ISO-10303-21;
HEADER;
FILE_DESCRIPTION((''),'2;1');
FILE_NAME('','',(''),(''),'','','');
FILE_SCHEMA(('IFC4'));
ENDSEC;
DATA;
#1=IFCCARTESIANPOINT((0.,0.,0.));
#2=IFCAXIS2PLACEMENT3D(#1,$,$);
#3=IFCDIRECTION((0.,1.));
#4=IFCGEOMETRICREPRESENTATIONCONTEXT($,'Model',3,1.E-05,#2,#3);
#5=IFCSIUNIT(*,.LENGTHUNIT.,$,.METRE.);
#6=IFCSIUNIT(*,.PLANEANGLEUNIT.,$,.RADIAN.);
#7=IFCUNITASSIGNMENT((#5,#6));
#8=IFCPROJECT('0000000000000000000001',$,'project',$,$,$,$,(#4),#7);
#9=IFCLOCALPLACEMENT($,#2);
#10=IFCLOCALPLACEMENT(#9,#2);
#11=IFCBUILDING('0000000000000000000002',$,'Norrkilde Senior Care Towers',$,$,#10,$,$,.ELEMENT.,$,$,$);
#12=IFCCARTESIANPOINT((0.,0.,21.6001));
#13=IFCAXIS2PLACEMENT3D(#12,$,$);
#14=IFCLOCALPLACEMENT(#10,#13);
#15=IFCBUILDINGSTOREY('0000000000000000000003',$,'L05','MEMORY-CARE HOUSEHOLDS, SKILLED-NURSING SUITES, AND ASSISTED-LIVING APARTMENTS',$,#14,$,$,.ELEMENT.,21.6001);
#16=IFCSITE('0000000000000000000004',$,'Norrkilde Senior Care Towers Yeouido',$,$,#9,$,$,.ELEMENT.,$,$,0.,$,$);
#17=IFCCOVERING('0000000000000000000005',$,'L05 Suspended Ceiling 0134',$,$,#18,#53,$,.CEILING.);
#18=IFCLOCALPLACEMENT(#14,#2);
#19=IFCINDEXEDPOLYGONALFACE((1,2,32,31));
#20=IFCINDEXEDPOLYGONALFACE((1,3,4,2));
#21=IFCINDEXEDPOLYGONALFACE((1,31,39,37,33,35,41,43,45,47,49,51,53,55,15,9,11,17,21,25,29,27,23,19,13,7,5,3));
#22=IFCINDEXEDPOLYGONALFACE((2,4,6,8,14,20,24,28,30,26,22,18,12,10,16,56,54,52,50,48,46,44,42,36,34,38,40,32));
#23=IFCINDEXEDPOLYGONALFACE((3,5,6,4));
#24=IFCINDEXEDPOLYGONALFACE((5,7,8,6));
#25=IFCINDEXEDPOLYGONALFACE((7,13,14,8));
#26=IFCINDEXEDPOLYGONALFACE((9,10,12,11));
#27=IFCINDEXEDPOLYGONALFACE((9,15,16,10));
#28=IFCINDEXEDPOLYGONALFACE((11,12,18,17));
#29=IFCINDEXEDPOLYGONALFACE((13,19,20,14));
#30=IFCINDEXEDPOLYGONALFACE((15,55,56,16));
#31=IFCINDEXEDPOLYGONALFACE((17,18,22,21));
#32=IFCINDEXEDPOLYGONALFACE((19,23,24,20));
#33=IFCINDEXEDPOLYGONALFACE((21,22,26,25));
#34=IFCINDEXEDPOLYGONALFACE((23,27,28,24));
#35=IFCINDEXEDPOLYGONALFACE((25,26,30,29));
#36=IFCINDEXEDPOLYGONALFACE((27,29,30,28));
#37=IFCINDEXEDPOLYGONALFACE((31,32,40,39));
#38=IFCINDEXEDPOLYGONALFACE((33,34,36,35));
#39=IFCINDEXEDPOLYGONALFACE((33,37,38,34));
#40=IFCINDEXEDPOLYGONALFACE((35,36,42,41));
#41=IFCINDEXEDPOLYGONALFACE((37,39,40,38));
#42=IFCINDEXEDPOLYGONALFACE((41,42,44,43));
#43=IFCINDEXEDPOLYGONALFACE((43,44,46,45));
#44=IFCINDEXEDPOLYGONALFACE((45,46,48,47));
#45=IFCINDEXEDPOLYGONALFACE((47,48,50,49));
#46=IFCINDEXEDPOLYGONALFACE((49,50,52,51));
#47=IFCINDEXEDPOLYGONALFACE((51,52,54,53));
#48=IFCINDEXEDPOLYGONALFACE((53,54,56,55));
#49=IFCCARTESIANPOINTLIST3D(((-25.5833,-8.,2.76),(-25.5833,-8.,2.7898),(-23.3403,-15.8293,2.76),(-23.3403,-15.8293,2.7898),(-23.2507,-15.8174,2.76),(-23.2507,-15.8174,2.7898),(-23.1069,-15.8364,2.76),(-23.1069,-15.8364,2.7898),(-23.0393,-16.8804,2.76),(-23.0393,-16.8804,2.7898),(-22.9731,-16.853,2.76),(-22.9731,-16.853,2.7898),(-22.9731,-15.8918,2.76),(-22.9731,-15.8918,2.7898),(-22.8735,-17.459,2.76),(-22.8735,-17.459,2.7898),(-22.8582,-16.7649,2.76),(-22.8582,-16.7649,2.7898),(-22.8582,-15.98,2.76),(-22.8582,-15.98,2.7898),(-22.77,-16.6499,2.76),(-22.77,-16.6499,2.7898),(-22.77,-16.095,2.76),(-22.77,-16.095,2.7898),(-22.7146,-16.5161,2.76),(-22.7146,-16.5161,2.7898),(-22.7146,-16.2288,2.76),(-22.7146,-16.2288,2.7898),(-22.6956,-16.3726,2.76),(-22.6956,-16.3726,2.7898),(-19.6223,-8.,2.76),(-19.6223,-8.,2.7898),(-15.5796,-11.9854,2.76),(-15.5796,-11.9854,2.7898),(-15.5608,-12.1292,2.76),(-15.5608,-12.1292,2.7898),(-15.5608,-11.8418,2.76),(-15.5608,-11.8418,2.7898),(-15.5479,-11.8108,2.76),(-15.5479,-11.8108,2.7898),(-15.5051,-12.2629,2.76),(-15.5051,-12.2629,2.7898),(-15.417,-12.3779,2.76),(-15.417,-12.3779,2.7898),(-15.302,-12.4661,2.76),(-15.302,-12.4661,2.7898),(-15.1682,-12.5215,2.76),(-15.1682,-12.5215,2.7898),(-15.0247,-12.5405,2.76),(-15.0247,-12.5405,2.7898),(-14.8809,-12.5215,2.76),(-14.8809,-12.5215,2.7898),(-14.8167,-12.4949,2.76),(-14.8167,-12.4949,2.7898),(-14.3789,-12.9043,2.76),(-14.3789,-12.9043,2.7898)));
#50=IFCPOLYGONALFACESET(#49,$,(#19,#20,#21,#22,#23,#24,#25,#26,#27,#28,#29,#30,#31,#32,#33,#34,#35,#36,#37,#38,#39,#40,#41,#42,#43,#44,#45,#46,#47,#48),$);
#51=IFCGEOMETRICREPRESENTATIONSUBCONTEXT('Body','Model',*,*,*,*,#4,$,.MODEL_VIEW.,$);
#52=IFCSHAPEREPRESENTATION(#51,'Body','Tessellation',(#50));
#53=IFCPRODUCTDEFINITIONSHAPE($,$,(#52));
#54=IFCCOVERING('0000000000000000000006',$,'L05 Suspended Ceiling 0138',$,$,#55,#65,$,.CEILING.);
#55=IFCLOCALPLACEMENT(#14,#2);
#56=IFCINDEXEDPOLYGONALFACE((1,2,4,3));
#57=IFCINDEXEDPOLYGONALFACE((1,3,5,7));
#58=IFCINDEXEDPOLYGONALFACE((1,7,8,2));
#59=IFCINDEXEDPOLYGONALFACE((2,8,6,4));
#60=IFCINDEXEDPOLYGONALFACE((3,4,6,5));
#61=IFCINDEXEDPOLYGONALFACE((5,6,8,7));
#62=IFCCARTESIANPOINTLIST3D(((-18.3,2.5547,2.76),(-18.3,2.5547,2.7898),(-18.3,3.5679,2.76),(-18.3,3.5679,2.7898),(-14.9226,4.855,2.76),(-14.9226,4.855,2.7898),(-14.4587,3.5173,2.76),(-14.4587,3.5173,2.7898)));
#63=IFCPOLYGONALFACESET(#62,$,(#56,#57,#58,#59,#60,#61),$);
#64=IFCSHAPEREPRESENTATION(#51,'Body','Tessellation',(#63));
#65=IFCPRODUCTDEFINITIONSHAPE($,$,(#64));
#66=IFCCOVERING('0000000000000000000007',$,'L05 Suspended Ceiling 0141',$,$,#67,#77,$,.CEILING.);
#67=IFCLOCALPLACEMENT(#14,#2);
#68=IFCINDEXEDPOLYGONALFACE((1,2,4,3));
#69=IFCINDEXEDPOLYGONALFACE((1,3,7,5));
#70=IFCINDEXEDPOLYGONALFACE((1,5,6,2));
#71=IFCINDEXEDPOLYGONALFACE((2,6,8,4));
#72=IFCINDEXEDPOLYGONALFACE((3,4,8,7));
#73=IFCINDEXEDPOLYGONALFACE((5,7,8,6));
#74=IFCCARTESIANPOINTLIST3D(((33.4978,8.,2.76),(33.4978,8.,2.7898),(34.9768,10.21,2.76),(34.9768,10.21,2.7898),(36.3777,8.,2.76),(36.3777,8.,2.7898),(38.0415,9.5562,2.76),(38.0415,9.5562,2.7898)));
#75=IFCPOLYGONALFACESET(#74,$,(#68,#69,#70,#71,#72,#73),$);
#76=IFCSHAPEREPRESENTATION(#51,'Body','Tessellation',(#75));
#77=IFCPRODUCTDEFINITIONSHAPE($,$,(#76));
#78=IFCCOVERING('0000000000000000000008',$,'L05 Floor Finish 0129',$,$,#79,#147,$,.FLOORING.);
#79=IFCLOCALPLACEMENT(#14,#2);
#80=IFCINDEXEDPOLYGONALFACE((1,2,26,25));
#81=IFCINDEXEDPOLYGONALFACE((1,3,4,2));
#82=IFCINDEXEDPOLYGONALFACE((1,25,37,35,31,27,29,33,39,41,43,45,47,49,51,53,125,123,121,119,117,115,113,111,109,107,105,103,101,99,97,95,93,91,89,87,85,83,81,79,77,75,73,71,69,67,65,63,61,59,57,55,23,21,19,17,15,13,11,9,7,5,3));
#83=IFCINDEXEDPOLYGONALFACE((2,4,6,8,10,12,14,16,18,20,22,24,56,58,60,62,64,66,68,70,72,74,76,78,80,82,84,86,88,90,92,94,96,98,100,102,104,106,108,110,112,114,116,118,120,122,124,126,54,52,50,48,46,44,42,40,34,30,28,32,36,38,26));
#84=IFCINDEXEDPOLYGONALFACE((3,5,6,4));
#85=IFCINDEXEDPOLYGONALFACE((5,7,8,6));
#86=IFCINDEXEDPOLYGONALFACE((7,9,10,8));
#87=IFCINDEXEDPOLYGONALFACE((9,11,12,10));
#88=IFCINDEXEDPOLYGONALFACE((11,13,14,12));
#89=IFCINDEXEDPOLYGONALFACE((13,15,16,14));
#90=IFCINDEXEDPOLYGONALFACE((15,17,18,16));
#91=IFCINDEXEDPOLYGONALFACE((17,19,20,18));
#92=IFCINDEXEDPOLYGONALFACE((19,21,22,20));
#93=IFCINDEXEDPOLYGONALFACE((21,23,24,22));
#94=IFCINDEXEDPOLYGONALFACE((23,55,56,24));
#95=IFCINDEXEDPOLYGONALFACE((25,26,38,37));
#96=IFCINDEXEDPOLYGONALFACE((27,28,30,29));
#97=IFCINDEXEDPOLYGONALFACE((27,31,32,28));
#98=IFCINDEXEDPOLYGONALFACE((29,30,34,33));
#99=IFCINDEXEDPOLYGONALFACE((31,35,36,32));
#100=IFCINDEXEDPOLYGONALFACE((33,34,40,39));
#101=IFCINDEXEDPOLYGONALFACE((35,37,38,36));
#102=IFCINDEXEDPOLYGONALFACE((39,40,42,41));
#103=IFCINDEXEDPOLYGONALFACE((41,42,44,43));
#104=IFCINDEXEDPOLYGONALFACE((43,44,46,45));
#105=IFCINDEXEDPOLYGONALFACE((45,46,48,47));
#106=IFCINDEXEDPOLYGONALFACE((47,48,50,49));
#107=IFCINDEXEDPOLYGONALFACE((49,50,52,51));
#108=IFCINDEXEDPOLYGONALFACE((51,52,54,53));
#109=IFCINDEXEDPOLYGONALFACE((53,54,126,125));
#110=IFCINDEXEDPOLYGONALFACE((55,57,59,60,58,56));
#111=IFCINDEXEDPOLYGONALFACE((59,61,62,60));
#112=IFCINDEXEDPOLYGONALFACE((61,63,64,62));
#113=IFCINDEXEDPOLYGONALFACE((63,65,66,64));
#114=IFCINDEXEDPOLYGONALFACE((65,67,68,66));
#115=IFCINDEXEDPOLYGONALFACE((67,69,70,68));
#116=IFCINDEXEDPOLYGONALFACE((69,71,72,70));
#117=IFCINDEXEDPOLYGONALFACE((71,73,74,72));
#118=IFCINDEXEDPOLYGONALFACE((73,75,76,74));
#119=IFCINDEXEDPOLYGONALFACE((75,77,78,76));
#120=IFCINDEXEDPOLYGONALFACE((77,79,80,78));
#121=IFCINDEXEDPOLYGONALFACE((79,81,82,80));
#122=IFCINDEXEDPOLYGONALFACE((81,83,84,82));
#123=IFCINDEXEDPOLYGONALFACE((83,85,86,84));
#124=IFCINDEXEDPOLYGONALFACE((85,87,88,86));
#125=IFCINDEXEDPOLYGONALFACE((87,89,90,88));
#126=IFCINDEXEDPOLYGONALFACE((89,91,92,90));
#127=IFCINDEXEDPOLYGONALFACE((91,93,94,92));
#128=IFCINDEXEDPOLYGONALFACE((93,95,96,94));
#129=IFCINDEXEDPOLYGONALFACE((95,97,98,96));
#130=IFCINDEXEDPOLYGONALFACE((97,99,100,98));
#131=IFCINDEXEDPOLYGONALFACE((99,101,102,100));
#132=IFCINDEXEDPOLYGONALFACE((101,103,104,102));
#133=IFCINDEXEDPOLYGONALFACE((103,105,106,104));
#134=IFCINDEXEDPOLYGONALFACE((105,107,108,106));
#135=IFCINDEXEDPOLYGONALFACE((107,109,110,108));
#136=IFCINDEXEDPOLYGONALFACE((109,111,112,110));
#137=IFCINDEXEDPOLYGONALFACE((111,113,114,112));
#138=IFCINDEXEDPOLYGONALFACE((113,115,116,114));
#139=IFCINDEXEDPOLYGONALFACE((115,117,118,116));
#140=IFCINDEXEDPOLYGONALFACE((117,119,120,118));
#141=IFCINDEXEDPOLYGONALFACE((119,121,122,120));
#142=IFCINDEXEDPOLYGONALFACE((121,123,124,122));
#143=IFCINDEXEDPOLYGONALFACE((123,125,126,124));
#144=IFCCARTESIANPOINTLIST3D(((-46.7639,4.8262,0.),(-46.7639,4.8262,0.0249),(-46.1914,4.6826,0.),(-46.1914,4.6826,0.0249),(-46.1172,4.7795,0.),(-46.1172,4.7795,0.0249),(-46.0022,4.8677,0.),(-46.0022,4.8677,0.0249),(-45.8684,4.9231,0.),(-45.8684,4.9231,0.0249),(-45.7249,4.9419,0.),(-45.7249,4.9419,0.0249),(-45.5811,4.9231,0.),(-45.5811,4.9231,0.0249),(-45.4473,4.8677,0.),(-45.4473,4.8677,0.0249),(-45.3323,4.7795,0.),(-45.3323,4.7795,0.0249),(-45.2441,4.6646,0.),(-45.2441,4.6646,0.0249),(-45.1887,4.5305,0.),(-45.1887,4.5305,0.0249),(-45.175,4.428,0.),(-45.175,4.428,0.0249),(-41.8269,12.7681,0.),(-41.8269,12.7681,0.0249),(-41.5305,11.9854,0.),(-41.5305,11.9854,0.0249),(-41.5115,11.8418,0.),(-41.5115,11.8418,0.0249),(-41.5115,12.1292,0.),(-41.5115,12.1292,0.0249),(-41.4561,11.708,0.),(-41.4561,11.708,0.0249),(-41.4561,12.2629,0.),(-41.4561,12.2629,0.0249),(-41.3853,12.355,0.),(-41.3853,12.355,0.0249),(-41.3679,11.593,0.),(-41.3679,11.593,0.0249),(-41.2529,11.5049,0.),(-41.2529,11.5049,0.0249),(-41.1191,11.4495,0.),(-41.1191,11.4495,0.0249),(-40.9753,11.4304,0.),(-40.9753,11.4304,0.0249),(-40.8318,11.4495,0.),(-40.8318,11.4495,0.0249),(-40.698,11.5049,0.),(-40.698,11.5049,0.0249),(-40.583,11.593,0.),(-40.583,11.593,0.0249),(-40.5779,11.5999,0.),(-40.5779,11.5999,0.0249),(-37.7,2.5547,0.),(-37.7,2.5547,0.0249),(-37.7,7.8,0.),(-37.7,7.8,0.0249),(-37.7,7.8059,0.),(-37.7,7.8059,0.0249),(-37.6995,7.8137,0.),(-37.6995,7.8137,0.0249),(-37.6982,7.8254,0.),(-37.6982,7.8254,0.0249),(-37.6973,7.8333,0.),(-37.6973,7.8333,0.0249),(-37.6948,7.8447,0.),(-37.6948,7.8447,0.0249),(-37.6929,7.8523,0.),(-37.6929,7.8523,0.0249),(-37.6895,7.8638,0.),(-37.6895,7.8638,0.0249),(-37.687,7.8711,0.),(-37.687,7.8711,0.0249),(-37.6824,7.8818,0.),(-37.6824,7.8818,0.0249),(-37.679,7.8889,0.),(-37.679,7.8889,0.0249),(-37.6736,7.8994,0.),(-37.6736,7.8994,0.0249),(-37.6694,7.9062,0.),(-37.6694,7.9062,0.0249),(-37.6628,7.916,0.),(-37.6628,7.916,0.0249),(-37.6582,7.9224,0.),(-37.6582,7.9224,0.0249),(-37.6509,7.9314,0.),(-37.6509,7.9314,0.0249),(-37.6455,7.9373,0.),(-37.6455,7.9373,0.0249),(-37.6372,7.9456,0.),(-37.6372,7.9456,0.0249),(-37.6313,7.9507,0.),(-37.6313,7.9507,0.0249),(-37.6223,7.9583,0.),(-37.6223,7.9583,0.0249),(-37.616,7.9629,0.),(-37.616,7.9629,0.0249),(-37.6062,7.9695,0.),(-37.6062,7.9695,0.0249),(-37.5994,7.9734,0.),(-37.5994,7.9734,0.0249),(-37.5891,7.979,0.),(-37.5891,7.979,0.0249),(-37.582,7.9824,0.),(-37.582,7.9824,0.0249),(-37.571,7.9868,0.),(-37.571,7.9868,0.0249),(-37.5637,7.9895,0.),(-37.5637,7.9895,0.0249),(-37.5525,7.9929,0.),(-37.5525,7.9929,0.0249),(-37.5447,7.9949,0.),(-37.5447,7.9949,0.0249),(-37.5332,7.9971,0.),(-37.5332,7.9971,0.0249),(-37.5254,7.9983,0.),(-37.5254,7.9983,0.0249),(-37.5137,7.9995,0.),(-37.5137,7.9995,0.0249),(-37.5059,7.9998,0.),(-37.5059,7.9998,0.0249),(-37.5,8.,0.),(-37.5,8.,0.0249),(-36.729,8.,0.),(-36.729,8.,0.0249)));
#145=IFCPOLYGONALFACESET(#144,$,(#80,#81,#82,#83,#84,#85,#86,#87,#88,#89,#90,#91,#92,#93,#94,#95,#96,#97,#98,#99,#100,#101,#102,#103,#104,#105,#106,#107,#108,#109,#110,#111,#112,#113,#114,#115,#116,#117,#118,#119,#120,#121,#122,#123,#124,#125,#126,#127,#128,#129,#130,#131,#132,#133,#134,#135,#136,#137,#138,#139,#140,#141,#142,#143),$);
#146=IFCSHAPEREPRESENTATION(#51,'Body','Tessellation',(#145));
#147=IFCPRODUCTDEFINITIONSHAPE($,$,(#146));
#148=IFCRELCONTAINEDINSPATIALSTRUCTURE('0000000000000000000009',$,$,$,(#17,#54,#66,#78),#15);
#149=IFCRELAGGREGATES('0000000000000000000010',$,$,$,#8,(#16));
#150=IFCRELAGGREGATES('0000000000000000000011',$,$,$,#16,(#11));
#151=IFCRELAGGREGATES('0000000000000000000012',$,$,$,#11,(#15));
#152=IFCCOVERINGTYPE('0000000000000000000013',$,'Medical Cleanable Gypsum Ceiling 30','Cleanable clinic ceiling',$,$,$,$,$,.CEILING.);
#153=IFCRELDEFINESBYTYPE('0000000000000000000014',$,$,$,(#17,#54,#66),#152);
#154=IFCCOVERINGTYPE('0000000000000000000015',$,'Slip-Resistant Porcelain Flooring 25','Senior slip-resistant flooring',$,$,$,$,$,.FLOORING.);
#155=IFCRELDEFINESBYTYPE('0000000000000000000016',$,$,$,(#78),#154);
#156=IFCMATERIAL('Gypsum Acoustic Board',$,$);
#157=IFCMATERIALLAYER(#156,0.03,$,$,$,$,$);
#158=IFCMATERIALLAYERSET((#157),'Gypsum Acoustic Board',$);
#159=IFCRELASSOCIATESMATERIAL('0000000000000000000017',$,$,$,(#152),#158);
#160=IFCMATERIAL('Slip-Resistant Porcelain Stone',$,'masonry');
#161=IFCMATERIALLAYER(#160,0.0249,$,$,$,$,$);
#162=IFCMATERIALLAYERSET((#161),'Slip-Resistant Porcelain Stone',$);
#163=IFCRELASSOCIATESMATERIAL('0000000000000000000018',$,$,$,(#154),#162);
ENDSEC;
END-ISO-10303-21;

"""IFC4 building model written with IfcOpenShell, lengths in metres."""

from ifc_helpers import new_model, si_unit, direction, frame, origin, place, context, subcontext, project, spatial, polyline, outline, extrude, material, layer, layer_set, type_object, element, save


model = new_model("IFC4")

# Units and contexts
model_context = context("Model", 3, precision=1e-05, world=origin(), true_north=direction((0.0, 1.0)))
body_context = subcontext(model_context, "Body", "Model", "MODEL_VIEW")
ifc_project = project(units=[si_unit("LENGTHUNIT", "METRE"), si_unit("PLANEANGLEUNIT", "RADIAN")], contexts=[model_context])

# Site, building, storey
site_placement = place(None, origin())
site = spatial("IfcSite", under=ifc_project, at=site_placement, Name="Norrkilde Senior Care Towers Yeouido", CompositionType="ELEMENT", RefElevation=0.0)
building_placement = place(site_placement, origin())
building = spatial("IfcBuilding", under=site, at=building_placement, Name="Norrkilde Senior Care Towers", CompositionType="ELEMENT")
storey_placement = place(building_placement, frame((0.0, 0.0, 21.6001)))
storey = spatial("IfcBuildingStorey", under=building, at=storey_placement, Name="L05", Description="MEMORY-CARE HOUSEHOLDS, SKILLED-NURSING SUITES, AND ASSISTED-LIVING APARTMENTS", CompositionType="ELEMENT", Elevation=21.6001)

# Coverings
ifc_material_1 = material(Name="Gypsum Acoustic Board")
ifc_layer_1 = layer(ifc_material_1, 0.03)
ifc_layer_set_1 = layer_set([ifc_layer_1], Name="Gypsum Acoustic Board")
covering_type_1 = type_object("IfcCoveringType", Name="Medical Cleanable Gypsum Ceiling 30", Description="Cleanable clinic ceiling", PredefinedType="CEILING", material=ifc_layer_set_1)
covering_1_placement = place(storey_placement, frame((0.0, 0.0, 2.76)))
element("IfcCovering", 1, at=covering_1_placement, inside=storey, type_object=covering_type_1, Name="L05 Suspended Ceiling 0134", PredefinedType="CEILING", context=body_context, shape_type="SweptSolid", body=[
    extrude(outline(polyline([(-22.8735, -17.459), (-23.0393, -16.8804), (-22.9731, -16.853), (-22.8582, -16.7649), (-22.77, -16.6499), (-22.7146, -16.5161), (-22.6956, -16.3726), (-22.7146, -16.2288), (-22.77, -16.095), (-22.8582, -15.98), (-22.9731, -15.8918), (-23.1069, -15.8364), (-23.2507, -15.8174), (-23.3403, -15.8293), (-25.5833, -8.0), (-19.6223, -8.0), (-15.5479, -11.8108), (-15.5608, -11.8418), (-15.5796, -11.9854), (-15.5608, -12.1292), (-15.5051, -12.2629), (-15.417, -12.3779), (-15.302, -12.4661), (-15.1682, -12.5215), (-15.0247, -12.5405), (-14.8809, -12.5215), (-14.8167, -12.4949), (-14.3789, -12.9043), (-22.8735, -17.459)])), origin(), (0.0, 0.0, 1.0), 0.0298),
])
covering_2_placement = place(storey_placement, frame((0.0, 0.0, 2.76)))
element("IfcCovering", 2, at=covering_2_placement, inside=storey, type_object=covering_type_1, Name="L05 Suspended Ceiling 0138", PredefinedType="CEILING", context=body_context, shape_type="SweptSolid", body=[
    extrude(outline(polyline([(-14.4587, 3.5173), (-18.3, 2.5547), (-18.3, 3.5679), (-14.9226, 4.855), (-14.4587, 3.5173)])), origin(), (0.0, 0.0, 1.0), 0.0298),
])
covering_3_placement = place(storey_placement, frame((0.0, 0.0, 2.76)))
element("IfcCovering", 3, at=covering_3_placement, inside=storey, type_object=covering_type_1, Name="L05 Suspended Ceiling 0141", PredefinedType="CEILING", context=body_context, shape_type="SweptSolid", body=[
    extrude(outline(polyline([(38.0415, 9.5562), (36.3777, 8.0), (33.4978, 8.0), (34.9768, 10.21), (38.0415, 9.5562)])), origin(), (0.0, 0.0, 1.0), 0.0298),
])
ifc_material_2 = material(Name="Slip-Resistant Porcelain Stone", Category="masonry")
ifc_layer_2 = layer(ifc_material_2, 0.0249)
ifc_layer_set_2 = layer_set([ifc_layer_2], Name="Slip-Resistant Porcelain Stone")
covering_type_2 = type_object("IfcCoveringType", Name="Slip-Resistant Porcelain Flooring 25", Description="Senior slip-resistant flooring", PredefinedType="FLOORING", material=ifc_layer_set_2)
covering_4_placement = place(storey_placement, origin())
element("IfcCovering", 4, at=covering_4_placement, inside=storey, type_object=covering_type_2, Name="L05 Floor Finish 0129", PredefinedType="FLOORING", context=body_context, shape_type="SweptSolid", body=[
    extrude(outline(polyline([(-37.5447, 7.9949), (-37.5525, 7.9929), (-37.5637, 7.9895), (-37.571, 7.9868), (-37.582, 7.9824), (-37.5891, 7.979), (-37.5994, 7.9734), (-37.6062, 7.9695), (-37.616, 7.9629), (-37.6223, 7.9583), (-37.6313, 7.9507), (-37.6372, 7.9456), (-37.6455, 7.9373), (-37.6509, 7.9314), (-37.6582, 7.9224), (-37.6628, 7.916), (-37.6694, 7.9062), (-37.6736, 7.8994), (-37.679, 7.8889), (-37.6824, 7.8818), (-37.687, 7.8711), (-37.6895, 7.8638), (-37.6929, 7.8523), (-37.6948, 7.8447), (-37.6973, 7.8333), (-37.6982, 7.8254), (-37.6995, 7.8137), (-37.7, 7.8059), (-37.7, 7.8), (-37.7, 2.5547), (-45.175, 4.428), (-45.1887, 4.5305), (-45.2441, 4.6646), (-45.3323, 4.7795), (-45.4473, 4.8677), (-45.5811, 4.9231), (-45.7249, 4.9419), (-45.8684, 4.9231), (-46.0022, 4.8677), (-46.1172, 4.7795), (-46.1914, 4.6826), (-46.7639, 4.8262), (-41.8269, 12.7681), (-41.3853, 12.355), (-41.4561, 12.2629), (-41.5115, 12.1292), (-41.5305, 11.9854), (-41.5115, 11.8418), (-41.4561, 11.708), (-41.3679, 11.593), (-41.2529, 11.5049), (-41.1191, 11.4495), (-40.9753, 11.4304), (-40.8318, 11.4495), (-40.698, 11.5049), (-40.583, 11.593), (-40.5779, 11.5999), (-36.729, 8.0), (-37.5, 8.0), (-37.5059, 7.9998), (-37.5137, 7.9995), (-37.5254, 7.9983), (-37.5332, 7.9971), (-37.5447, 7.9949)])), origin(), (0.0, 0.0, 1.0), 0.0249),
])

save(model, "model.ifc")
